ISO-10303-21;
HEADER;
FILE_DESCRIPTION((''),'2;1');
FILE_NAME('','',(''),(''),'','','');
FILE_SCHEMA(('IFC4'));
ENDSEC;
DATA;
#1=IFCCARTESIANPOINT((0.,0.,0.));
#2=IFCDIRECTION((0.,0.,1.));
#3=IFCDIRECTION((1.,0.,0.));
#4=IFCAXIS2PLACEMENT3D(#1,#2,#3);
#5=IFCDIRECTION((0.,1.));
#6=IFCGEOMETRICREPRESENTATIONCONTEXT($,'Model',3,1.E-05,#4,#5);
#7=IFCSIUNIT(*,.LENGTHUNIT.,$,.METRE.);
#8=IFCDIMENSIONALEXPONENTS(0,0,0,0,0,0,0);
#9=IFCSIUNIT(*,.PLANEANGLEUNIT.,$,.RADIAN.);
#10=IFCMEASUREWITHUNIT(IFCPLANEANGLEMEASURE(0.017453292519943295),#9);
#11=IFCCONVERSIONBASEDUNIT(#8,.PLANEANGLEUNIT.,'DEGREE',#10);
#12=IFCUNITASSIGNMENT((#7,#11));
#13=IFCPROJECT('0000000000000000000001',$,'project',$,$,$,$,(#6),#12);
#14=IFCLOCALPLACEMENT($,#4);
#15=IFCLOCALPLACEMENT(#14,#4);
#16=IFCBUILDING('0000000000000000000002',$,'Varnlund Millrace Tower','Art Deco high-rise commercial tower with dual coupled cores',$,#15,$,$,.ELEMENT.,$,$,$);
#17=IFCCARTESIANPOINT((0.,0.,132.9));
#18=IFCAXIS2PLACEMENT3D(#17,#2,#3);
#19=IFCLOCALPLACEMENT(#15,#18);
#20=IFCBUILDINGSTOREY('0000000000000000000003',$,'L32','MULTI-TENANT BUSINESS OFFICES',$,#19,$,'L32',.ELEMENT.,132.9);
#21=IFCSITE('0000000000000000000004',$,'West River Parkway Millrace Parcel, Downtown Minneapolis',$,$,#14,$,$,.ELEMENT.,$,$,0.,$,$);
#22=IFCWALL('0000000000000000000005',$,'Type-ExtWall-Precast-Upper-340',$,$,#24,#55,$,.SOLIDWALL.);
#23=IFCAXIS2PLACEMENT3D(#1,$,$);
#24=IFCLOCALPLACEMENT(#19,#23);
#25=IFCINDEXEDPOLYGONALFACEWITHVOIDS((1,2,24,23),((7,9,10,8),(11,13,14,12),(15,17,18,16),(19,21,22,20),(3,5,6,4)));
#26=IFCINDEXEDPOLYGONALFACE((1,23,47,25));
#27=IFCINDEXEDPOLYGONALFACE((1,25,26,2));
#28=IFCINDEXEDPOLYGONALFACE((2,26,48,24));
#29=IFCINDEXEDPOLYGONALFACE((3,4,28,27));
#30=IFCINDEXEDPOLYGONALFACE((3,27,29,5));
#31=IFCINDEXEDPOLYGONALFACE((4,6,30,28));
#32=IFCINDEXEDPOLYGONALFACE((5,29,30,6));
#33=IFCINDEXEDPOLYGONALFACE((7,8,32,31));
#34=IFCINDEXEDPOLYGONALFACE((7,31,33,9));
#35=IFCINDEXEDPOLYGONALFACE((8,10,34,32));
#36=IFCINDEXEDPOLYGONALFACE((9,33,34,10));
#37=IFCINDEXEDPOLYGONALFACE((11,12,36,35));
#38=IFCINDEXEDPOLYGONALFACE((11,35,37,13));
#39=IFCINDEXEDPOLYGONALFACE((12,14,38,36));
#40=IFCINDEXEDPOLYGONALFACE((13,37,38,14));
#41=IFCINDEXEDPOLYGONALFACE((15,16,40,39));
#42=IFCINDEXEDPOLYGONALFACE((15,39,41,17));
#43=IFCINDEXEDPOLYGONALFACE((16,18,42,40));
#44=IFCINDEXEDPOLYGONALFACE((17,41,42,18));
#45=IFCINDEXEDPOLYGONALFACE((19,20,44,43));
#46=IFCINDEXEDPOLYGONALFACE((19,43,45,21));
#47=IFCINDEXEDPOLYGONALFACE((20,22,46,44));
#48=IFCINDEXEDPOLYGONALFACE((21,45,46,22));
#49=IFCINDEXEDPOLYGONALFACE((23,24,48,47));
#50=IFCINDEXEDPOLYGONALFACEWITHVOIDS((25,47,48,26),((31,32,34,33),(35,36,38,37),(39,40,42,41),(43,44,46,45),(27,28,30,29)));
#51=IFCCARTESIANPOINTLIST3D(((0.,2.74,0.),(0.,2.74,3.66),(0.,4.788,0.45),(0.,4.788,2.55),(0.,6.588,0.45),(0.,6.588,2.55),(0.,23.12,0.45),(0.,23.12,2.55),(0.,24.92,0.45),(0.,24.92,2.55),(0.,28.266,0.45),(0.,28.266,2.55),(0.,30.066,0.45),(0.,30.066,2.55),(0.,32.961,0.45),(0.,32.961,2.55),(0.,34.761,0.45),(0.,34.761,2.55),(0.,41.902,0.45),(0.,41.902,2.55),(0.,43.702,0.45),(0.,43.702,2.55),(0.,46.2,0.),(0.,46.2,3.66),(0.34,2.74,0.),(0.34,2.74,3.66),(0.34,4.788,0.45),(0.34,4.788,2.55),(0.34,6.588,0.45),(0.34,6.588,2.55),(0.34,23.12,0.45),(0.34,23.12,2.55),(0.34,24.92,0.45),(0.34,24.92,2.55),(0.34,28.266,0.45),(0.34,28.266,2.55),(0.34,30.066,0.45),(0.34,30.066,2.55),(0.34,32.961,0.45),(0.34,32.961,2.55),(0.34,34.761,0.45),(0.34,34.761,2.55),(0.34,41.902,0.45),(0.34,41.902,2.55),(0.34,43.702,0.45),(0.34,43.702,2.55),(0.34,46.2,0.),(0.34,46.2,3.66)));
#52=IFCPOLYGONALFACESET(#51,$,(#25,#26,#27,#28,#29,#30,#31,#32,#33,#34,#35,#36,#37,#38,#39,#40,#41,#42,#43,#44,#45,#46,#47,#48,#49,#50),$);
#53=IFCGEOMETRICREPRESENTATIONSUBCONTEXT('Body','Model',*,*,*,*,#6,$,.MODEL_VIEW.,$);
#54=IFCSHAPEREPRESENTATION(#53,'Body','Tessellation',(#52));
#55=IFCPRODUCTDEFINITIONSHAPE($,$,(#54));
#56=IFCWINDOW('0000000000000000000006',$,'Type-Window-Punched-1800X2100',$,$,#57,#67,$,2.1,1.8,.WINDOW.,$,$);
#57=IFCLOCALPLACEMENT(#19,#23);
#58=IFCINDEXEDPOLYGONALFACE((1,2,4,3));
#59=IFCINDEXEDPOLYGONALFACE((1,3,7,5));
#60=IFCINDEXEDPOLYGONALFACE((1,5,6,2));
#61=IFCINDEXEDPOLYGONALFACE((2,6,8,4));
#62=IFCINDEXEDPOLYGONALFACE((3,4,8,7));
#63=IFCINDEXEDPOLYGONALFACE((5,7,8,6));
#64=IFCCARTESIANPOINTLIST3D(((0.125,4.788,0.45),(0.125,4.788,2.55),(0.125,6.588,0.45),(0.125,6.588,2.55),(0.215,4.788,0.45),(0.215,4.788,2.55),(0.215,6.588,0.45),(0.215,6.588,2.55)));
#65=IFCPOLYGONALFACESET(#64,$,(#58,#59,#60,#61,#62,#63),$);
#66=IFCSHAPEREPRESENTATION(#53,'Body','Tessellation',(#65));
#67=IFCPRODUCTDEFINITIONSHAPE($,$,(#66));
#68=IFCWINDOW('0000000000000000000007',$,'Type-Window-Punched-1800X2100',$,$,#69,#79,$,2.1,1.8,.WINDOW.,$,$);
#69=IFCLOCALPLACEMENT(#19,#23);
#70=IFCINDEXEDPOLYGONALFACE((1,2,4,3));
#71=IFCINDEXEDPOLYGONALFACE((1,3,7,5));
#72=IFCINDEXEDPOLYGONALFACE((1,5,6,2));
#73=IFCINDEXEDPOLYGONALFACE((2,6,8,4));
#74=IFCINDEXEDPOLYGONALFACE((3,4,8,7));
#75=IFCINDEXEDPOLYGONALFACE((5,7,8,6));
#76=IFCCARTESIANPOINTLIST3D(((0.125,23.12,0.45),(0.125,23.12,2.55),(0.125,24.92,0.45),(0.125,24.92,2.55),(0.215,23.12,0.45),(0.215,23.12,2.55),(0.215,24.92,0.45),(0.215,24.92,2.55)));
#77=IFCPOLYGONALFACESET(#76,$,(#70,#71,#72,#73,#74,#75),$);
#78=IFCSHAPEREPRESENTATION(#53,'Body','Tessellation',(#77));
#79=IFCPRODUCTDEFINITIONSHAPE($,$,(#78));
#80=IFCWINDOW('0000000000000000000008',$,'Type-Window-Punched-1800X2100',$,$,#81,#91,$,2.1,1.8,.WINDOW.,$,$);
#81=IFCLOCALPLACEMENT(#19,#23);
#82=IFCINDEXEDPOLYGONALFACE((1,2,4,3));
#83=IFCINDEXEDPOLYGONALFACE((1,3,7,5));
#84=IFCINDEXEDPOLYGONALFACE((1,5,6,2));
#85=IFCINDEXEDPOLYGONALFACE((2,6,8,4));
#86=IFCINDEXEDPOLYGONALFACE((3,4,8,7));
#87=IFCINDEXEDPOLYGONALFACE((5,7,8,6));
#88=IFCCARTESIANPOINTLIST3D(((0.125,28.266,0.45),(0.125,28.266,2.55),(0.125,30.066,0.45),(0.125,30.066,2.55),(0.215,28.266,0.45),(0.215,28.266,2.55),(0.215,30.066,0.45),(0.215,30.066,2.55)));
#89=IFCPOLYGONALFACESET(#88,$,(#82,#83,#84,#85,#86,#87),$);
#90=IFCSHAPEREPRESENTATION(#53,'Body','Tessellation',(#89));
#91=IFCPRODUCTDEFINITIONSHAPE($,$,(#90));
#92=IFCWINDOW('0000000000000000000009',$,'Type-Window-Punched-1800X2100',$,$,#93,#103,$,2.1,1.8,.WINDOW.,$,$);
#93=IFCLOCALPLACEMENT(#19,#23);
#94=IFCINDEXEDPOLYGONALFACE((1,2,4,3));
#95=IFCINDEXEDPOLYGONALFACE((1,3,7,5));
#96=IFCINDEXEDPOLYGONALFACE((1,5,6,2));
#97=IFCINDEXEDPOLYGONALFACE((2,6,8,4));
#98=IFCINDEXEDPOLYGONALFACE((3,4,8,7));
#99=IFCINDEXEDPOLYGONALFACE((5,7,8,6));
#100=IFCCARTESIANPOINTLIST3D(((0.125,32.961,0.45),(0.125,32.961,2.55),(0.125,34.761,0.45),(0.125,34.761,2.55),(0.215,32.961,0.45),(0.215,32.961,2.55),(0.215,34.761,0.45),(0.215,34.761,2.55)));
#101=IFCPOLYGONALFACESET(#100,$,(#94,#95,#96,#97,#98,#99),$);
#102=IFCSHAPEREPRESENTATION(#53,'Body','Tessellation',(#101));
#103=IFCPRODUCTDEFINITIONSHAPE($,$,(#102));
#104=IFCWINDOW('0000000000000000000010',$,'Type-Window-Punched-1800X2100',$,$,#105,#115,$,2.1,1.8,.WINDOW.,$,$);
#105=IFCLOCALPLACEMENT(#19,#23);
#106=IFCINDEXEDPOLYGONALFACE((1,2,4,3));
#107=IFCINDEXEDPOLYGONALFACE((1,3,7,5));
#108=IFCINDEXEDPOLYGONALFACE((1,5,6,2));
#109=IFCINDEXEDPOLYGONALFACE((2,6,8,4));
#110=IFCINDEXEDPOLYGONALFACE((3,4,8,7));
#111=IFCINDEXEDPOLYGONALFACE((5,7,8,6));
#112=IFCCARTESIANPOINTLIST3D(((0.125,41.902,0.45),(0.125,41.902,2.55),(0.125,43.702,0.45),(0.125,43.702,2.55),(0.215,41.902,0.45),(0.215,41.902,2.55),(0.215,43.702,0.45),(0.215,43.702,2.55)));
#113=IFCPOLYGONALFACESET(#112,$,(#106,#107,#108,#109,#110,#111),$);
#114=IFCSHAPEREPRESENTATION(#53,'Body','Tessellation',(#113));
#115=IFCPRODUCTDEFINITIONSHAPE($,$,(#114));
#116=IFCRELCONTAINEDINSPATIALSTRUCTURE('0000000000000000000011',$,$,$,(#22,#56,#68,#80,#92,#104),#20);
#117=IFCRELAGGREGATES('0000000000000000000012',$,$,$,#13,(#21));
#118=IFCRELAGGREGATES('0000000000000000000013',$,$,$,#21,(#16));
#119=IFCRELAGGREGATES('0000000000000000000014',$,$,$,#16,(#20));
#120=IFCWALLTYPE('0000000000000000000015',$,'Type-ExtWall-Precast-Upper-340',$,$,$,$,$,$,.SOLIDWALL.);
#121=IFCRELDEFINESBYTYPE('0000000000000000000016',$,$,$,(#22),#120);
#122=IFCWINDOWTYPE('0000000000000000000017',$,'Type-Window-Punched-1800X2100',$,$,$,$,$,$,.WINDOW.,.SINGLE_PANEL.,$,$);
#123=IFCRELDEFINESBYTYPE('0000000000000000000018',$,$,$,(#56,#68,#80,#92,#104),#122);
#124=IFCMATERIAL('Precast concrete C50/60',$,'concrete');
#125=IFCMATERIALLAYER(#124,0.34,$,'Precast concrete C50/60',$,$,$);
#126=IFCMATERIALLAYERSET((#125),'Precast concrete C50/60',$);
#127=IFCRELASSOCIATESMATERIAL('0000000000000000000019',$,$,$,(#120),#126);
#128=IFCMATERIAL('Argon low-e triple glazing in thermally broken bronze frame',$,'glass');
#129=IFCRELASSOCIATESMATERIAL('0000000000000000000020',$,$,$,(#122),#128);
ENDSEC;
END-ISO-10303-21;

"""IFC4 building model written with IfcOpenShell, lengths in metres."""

from ifc_helpers import new_model, entity, si_unit, converted_unit, direction, frame, origin_with_axes, origin_2d_with_axis, place, context, subcontext, project, spatial, polyline, rectangle, outline, extrude, material, layer, layer_set, type_object, element, fill, save


model = new_model("IFC4")

# Units and contexts
model_context = context("Model", 3, precision=1e-05, world=origin_with_axes(), true_north=direction((0.0, 1.0)))
body_context = subcontext(model_context, "Body", "Model", "MODEL_VIEW")
ifc_project = project(units=[si_unit("LENGTHUNIT", "METRE"), converted_unit("PLANEANGLEUNIT", "DEGREE", entity("IfcPlaneAngleMeasure", 0.017453292519943295), si_unit("PLANEANGLEUNIT", "RADIAN"), dimensions=[0, 0, 0, 0, 0, 0, 0])], contexts=[model_context])

# Site, building, storey
site_placement = place(None, origin_with_axes())
site = spatial("IfcSite", under=ifc_project, at=site_placement, Name="West River Parkway Millrace Parcel, Downtown Minneapolis", CompositionType="ELEMENT", RefElevation=0.0)
building_placement = place(site_placement, origin_with_axes())
building = spatial("IfcBuilding", under=site, at=building_placement, Name="Varnlund Millrace Tower", Description="Art Deco high-rise commercial tower with dual coupled cores", CompositionType="ELEMENT")
storey_placement = place(building_placement, frame((0.0, 0.0, 132.9), z_axis=(0.0, 0.0, 1.0), x_axis=(1.0, 0.0, 0.0)))
storey = spatial("IfcBuildingStorey", under=building, at=storey_placement, Name="L32", Description="MULTI-TENANT BUSINESS OFFICES", LongName="L32", CompositionType="ELEMENT", Elevation=132.9)

# Shared definitions
ifc_material_1 = material(Name="Precast concrete C50/60", Category="concrete")
ifc_layer_1 = layer(ifc_material_1, 0.34, Name="Precast concrete C50/60")
ifc_layer_set_1 = layer_set([ifc_layer_1], Name="Precast concrete C50/60")
wall_type = type_object("IfcWallType", Name="Type-ExtWall-Precast-Upper-340", PredefinedType="SOLIDWALL", material=ifc_layer_set_1)

# Wall, openings, windows
wall_1_placement = place(storey_placement, frame((0.17, 2.74, 0.0), z_axis=(0.0, 0.0, 1.0), x_axis=(0.0, 1.0, 0.0)))
wall_1 = element("IfcWall", 1, at=wall_1_placement, inside=storey, type_object=wall_type, Name="Type-ExtWall-Precast-Upper-340", PredefinedType="SOLIDWALL", context=body_context, shape_type="SweptSolid", body=[
    extrude(outline(polyline([(0.0, -0.17), (43.46, -0.17), (43.46, 0.17), (0.0, 0.17), (0.0, -0.17)])), origin_with_axes(), (0.0, 0.0, 1.0), 3.66),
])
opening_1_placement = place(wall_1_placement, frame((2.948, 0.0, 0.45), z_axis=(0.0, 0.0, 1.0), x_axis=(1.0, 0.0, 0.0)))
opening_1 = element("IfcOpeningElement", 2, at=opening_1_placement, cuts=wall_1, PredefinedType="OPENING", context=body_context, shape_type="SweptSolid", body=[
    extrude(rectangle(XDim=1.8, YDim=0.36, at=origin_2d_with_axis()), origin_with_axes(), (0.0, 0.0, 1.0), 2.1),
])
opening_2_placement = place(wall_1_placement, frame((21.28, 0.0, 0.45), z_axis=(0.0, 0.0, 1.0), x_axis=(1.0, 0.0, 0.0)))
opening_2 = element("IfcOpeningElement", 3, at=opening_2_placement, cuts=wall_1, PredefinedType="OPENING", context=body_context, shape_type="SweptSolid", body=[
    extrude(rectangle(XDim=1.8, YDim=0.36, at=origin_2d_with_axis()), origin_with_axes(), (0.0, 0.0, 1.0), 2.1),
])
opening_3_placement = place(wall_1_placement, frame((26.426, 0.0, 0.45), z_axis=(0.0, 0.0, 1.0), x_axis=(1.0, 0.0, 0.0)))
opening_3 = element("IfcOpeningElement", 4, at=opening_3_placement, cuts=wall_1, PredefinedType="OPENING", context=body_context, shape_type="SweptSolid", body=[
    extrude(rectangle(XDim=1.8, YDim=0.36, at=origin_2d_with_axis()), origin_with_axes(), (0.0, 0.0, 1.0), 2.1),
])
opening_4_placement = place(wall_1_placement, frame((31.121, 0.0, 0.45), z_axis=(0.0, 0.0, 1.0), x_axis=(1.0, 0.0, 0.0)))
opening_4 = element("IfcOpeningElement", 5, at=opening_4_placement, cuts=wall_1, PredefinedType="OPENING", context=body_context, shape_type="SweptSolid", body=[
    extrude(rectangle(XDim=1.8, YDim=0.36, at=origin_2d_with_axis()), origin_with_axes(), (0.0, 0.0, 1.0), 2.1),
])
opening_5_placement = place(wall_1_placement, frame((40.062, 0.0, 0.45), z_axis=(0.0, 0.0, 1.0), x_axis=(1.0, 0.0, 0.0)))
opening_5 = element("IfcOpeningElement", 6, at=opening_5_placement, cuts=wall_1, PredefinedType="OPENING", context=body_context, shape_type="SweptSolid", body=[
    extrude(rectangle(XDim=1.8, YDim=0.36, at=origin_2d_with_axis()), origin_with_axes(), (0.0, 0.0, 1.0), 2.1),
])
ifc_material_2 = material(Name="Argon low-e triple glazing in thermally broken bronze frame", Category="glass")
window_type = type_object("IfcWindowType", Name="Type-Window-Punched-1800X2100", PartitioningType="SINGLE_PANEL", PredefinedType="WINDOW", material=ifc_material_2)
window_1_placement = place(wall_1_placement, frame((2.948, 0.0, 0.45), z_axis=(0.0, 0.0, 1.0), x_axis=(1.0, 0.0, 0.0)))
window_1 = element("IfcWindow", 7, at=window_1_placement, inside=storey, type_object=window_type, Name="Type-Window-Punched-1800X2100", OverallHeight=2.1, OverallWidth=1.8, PredefinedType="WINDOW", context=body_context, shape_type="SweptSolid", body=[
    extrude(rectangle(XDim=1.8, YDim=0.09, at=origin_2d_with_axis()), origin_with_axes(), (0.0, 0.0, 1.0), 2.1),
])
fill(opening_1, window_1)
window_2_placement = place(wall_1_placement, frame((21.28, 0.0, 0.45), z_axis=(0.0, 0.0, 1.0), x_axis=(1.0, 0.0, 0.0)))
window_2 = element("IfcWindow", 8, at=window_2_placement, inside=storey, type_object=window_type, Name="Type-Window-Punched-1800X2100", OverallHeight=2.1, OverallWidth=1.8, PredefinedType="WINDOW", context=body_context, shape_type="SweptSolid", body=[
    extrude(rectangle(XDim=1.8, YDim=0.09, at=origin_2d_with_axis()), origin_with_axes(), (0.0, 0.0, 1.0), 2.1),
])
fill(opening_2, window_2)
window_3_placement = place(wall_1_placement, frame((26.426, 0.0, 0.45), z_axis=(0.0, 0.0, 1.0), x_axis=(1.0, 0.0, 0.0)))
window_3 = element("IfcWindow", 9, at=window_3_placement, inside=storey, type_object=window_type, Name="Type-Window-Punched-1800X2100", OverallHeight=2.1, OverallWidth=1.8, PredefinedType="WINDOW", context=body_context, shape_type="SweptSolid", body=[
    extrude(rectangle(XDim=1.8, YDim=0.09, at=origin_2d_with_axis()), origin_with_axes(), (0.0, 0.0, 1.0), 2.1),
])
fill(opening_3, window_3)
window_4_placement = place(wall_1_placement, frame((31.121, 0.0, 0.45), z_axis=(0.0, 0.0, 1.0), x_axis=(1.0, 0.0, 0.0)))
window_4 = element("IfcWindow", 10, at=window_4_placement, inside=storey, type_object=window_type, Name="Type-Window-Punched-1800X2100", OverallHeight=2.1, OverallWidth=1.8, PredefinedType="WINDOW", context=body_context, shape_type="SweptSolid", body=[
    extrude(rectangle(XDim=1.8, YDim=0.09, at=origin_2d_with_axis()), origin_with_axes(), (0.0, 0.0, 1.0), 2.1),
])
fill(opening_4, window_4)
window_5_placement = place(wall_1_placement, frame((40.062, 0.0, 0.45), z_axis=(0.0, 0.0, 1.0), x_axis=(1.0, 0.0, 0.0)))
window_5 = element("IfcWindow", 11, at=window_5_placement, inside=storey, type_object=window_type, Name="Type-Window-Punched-1800X2100", OverallHeight=2.1, OverallWidth=1.8, PredefinedType="WINDOW", context=body_context, shape_type="SweptSolid", body=[
    extrude(rectangle(XDim=1.8, YDim=0.09, at=origin_2d_with_axis()), origin_with_axes(), (0.0, 0.0, 1.0), 2.1),
])
fill(opening_5, window_5)

save(model, "model.ifc")
